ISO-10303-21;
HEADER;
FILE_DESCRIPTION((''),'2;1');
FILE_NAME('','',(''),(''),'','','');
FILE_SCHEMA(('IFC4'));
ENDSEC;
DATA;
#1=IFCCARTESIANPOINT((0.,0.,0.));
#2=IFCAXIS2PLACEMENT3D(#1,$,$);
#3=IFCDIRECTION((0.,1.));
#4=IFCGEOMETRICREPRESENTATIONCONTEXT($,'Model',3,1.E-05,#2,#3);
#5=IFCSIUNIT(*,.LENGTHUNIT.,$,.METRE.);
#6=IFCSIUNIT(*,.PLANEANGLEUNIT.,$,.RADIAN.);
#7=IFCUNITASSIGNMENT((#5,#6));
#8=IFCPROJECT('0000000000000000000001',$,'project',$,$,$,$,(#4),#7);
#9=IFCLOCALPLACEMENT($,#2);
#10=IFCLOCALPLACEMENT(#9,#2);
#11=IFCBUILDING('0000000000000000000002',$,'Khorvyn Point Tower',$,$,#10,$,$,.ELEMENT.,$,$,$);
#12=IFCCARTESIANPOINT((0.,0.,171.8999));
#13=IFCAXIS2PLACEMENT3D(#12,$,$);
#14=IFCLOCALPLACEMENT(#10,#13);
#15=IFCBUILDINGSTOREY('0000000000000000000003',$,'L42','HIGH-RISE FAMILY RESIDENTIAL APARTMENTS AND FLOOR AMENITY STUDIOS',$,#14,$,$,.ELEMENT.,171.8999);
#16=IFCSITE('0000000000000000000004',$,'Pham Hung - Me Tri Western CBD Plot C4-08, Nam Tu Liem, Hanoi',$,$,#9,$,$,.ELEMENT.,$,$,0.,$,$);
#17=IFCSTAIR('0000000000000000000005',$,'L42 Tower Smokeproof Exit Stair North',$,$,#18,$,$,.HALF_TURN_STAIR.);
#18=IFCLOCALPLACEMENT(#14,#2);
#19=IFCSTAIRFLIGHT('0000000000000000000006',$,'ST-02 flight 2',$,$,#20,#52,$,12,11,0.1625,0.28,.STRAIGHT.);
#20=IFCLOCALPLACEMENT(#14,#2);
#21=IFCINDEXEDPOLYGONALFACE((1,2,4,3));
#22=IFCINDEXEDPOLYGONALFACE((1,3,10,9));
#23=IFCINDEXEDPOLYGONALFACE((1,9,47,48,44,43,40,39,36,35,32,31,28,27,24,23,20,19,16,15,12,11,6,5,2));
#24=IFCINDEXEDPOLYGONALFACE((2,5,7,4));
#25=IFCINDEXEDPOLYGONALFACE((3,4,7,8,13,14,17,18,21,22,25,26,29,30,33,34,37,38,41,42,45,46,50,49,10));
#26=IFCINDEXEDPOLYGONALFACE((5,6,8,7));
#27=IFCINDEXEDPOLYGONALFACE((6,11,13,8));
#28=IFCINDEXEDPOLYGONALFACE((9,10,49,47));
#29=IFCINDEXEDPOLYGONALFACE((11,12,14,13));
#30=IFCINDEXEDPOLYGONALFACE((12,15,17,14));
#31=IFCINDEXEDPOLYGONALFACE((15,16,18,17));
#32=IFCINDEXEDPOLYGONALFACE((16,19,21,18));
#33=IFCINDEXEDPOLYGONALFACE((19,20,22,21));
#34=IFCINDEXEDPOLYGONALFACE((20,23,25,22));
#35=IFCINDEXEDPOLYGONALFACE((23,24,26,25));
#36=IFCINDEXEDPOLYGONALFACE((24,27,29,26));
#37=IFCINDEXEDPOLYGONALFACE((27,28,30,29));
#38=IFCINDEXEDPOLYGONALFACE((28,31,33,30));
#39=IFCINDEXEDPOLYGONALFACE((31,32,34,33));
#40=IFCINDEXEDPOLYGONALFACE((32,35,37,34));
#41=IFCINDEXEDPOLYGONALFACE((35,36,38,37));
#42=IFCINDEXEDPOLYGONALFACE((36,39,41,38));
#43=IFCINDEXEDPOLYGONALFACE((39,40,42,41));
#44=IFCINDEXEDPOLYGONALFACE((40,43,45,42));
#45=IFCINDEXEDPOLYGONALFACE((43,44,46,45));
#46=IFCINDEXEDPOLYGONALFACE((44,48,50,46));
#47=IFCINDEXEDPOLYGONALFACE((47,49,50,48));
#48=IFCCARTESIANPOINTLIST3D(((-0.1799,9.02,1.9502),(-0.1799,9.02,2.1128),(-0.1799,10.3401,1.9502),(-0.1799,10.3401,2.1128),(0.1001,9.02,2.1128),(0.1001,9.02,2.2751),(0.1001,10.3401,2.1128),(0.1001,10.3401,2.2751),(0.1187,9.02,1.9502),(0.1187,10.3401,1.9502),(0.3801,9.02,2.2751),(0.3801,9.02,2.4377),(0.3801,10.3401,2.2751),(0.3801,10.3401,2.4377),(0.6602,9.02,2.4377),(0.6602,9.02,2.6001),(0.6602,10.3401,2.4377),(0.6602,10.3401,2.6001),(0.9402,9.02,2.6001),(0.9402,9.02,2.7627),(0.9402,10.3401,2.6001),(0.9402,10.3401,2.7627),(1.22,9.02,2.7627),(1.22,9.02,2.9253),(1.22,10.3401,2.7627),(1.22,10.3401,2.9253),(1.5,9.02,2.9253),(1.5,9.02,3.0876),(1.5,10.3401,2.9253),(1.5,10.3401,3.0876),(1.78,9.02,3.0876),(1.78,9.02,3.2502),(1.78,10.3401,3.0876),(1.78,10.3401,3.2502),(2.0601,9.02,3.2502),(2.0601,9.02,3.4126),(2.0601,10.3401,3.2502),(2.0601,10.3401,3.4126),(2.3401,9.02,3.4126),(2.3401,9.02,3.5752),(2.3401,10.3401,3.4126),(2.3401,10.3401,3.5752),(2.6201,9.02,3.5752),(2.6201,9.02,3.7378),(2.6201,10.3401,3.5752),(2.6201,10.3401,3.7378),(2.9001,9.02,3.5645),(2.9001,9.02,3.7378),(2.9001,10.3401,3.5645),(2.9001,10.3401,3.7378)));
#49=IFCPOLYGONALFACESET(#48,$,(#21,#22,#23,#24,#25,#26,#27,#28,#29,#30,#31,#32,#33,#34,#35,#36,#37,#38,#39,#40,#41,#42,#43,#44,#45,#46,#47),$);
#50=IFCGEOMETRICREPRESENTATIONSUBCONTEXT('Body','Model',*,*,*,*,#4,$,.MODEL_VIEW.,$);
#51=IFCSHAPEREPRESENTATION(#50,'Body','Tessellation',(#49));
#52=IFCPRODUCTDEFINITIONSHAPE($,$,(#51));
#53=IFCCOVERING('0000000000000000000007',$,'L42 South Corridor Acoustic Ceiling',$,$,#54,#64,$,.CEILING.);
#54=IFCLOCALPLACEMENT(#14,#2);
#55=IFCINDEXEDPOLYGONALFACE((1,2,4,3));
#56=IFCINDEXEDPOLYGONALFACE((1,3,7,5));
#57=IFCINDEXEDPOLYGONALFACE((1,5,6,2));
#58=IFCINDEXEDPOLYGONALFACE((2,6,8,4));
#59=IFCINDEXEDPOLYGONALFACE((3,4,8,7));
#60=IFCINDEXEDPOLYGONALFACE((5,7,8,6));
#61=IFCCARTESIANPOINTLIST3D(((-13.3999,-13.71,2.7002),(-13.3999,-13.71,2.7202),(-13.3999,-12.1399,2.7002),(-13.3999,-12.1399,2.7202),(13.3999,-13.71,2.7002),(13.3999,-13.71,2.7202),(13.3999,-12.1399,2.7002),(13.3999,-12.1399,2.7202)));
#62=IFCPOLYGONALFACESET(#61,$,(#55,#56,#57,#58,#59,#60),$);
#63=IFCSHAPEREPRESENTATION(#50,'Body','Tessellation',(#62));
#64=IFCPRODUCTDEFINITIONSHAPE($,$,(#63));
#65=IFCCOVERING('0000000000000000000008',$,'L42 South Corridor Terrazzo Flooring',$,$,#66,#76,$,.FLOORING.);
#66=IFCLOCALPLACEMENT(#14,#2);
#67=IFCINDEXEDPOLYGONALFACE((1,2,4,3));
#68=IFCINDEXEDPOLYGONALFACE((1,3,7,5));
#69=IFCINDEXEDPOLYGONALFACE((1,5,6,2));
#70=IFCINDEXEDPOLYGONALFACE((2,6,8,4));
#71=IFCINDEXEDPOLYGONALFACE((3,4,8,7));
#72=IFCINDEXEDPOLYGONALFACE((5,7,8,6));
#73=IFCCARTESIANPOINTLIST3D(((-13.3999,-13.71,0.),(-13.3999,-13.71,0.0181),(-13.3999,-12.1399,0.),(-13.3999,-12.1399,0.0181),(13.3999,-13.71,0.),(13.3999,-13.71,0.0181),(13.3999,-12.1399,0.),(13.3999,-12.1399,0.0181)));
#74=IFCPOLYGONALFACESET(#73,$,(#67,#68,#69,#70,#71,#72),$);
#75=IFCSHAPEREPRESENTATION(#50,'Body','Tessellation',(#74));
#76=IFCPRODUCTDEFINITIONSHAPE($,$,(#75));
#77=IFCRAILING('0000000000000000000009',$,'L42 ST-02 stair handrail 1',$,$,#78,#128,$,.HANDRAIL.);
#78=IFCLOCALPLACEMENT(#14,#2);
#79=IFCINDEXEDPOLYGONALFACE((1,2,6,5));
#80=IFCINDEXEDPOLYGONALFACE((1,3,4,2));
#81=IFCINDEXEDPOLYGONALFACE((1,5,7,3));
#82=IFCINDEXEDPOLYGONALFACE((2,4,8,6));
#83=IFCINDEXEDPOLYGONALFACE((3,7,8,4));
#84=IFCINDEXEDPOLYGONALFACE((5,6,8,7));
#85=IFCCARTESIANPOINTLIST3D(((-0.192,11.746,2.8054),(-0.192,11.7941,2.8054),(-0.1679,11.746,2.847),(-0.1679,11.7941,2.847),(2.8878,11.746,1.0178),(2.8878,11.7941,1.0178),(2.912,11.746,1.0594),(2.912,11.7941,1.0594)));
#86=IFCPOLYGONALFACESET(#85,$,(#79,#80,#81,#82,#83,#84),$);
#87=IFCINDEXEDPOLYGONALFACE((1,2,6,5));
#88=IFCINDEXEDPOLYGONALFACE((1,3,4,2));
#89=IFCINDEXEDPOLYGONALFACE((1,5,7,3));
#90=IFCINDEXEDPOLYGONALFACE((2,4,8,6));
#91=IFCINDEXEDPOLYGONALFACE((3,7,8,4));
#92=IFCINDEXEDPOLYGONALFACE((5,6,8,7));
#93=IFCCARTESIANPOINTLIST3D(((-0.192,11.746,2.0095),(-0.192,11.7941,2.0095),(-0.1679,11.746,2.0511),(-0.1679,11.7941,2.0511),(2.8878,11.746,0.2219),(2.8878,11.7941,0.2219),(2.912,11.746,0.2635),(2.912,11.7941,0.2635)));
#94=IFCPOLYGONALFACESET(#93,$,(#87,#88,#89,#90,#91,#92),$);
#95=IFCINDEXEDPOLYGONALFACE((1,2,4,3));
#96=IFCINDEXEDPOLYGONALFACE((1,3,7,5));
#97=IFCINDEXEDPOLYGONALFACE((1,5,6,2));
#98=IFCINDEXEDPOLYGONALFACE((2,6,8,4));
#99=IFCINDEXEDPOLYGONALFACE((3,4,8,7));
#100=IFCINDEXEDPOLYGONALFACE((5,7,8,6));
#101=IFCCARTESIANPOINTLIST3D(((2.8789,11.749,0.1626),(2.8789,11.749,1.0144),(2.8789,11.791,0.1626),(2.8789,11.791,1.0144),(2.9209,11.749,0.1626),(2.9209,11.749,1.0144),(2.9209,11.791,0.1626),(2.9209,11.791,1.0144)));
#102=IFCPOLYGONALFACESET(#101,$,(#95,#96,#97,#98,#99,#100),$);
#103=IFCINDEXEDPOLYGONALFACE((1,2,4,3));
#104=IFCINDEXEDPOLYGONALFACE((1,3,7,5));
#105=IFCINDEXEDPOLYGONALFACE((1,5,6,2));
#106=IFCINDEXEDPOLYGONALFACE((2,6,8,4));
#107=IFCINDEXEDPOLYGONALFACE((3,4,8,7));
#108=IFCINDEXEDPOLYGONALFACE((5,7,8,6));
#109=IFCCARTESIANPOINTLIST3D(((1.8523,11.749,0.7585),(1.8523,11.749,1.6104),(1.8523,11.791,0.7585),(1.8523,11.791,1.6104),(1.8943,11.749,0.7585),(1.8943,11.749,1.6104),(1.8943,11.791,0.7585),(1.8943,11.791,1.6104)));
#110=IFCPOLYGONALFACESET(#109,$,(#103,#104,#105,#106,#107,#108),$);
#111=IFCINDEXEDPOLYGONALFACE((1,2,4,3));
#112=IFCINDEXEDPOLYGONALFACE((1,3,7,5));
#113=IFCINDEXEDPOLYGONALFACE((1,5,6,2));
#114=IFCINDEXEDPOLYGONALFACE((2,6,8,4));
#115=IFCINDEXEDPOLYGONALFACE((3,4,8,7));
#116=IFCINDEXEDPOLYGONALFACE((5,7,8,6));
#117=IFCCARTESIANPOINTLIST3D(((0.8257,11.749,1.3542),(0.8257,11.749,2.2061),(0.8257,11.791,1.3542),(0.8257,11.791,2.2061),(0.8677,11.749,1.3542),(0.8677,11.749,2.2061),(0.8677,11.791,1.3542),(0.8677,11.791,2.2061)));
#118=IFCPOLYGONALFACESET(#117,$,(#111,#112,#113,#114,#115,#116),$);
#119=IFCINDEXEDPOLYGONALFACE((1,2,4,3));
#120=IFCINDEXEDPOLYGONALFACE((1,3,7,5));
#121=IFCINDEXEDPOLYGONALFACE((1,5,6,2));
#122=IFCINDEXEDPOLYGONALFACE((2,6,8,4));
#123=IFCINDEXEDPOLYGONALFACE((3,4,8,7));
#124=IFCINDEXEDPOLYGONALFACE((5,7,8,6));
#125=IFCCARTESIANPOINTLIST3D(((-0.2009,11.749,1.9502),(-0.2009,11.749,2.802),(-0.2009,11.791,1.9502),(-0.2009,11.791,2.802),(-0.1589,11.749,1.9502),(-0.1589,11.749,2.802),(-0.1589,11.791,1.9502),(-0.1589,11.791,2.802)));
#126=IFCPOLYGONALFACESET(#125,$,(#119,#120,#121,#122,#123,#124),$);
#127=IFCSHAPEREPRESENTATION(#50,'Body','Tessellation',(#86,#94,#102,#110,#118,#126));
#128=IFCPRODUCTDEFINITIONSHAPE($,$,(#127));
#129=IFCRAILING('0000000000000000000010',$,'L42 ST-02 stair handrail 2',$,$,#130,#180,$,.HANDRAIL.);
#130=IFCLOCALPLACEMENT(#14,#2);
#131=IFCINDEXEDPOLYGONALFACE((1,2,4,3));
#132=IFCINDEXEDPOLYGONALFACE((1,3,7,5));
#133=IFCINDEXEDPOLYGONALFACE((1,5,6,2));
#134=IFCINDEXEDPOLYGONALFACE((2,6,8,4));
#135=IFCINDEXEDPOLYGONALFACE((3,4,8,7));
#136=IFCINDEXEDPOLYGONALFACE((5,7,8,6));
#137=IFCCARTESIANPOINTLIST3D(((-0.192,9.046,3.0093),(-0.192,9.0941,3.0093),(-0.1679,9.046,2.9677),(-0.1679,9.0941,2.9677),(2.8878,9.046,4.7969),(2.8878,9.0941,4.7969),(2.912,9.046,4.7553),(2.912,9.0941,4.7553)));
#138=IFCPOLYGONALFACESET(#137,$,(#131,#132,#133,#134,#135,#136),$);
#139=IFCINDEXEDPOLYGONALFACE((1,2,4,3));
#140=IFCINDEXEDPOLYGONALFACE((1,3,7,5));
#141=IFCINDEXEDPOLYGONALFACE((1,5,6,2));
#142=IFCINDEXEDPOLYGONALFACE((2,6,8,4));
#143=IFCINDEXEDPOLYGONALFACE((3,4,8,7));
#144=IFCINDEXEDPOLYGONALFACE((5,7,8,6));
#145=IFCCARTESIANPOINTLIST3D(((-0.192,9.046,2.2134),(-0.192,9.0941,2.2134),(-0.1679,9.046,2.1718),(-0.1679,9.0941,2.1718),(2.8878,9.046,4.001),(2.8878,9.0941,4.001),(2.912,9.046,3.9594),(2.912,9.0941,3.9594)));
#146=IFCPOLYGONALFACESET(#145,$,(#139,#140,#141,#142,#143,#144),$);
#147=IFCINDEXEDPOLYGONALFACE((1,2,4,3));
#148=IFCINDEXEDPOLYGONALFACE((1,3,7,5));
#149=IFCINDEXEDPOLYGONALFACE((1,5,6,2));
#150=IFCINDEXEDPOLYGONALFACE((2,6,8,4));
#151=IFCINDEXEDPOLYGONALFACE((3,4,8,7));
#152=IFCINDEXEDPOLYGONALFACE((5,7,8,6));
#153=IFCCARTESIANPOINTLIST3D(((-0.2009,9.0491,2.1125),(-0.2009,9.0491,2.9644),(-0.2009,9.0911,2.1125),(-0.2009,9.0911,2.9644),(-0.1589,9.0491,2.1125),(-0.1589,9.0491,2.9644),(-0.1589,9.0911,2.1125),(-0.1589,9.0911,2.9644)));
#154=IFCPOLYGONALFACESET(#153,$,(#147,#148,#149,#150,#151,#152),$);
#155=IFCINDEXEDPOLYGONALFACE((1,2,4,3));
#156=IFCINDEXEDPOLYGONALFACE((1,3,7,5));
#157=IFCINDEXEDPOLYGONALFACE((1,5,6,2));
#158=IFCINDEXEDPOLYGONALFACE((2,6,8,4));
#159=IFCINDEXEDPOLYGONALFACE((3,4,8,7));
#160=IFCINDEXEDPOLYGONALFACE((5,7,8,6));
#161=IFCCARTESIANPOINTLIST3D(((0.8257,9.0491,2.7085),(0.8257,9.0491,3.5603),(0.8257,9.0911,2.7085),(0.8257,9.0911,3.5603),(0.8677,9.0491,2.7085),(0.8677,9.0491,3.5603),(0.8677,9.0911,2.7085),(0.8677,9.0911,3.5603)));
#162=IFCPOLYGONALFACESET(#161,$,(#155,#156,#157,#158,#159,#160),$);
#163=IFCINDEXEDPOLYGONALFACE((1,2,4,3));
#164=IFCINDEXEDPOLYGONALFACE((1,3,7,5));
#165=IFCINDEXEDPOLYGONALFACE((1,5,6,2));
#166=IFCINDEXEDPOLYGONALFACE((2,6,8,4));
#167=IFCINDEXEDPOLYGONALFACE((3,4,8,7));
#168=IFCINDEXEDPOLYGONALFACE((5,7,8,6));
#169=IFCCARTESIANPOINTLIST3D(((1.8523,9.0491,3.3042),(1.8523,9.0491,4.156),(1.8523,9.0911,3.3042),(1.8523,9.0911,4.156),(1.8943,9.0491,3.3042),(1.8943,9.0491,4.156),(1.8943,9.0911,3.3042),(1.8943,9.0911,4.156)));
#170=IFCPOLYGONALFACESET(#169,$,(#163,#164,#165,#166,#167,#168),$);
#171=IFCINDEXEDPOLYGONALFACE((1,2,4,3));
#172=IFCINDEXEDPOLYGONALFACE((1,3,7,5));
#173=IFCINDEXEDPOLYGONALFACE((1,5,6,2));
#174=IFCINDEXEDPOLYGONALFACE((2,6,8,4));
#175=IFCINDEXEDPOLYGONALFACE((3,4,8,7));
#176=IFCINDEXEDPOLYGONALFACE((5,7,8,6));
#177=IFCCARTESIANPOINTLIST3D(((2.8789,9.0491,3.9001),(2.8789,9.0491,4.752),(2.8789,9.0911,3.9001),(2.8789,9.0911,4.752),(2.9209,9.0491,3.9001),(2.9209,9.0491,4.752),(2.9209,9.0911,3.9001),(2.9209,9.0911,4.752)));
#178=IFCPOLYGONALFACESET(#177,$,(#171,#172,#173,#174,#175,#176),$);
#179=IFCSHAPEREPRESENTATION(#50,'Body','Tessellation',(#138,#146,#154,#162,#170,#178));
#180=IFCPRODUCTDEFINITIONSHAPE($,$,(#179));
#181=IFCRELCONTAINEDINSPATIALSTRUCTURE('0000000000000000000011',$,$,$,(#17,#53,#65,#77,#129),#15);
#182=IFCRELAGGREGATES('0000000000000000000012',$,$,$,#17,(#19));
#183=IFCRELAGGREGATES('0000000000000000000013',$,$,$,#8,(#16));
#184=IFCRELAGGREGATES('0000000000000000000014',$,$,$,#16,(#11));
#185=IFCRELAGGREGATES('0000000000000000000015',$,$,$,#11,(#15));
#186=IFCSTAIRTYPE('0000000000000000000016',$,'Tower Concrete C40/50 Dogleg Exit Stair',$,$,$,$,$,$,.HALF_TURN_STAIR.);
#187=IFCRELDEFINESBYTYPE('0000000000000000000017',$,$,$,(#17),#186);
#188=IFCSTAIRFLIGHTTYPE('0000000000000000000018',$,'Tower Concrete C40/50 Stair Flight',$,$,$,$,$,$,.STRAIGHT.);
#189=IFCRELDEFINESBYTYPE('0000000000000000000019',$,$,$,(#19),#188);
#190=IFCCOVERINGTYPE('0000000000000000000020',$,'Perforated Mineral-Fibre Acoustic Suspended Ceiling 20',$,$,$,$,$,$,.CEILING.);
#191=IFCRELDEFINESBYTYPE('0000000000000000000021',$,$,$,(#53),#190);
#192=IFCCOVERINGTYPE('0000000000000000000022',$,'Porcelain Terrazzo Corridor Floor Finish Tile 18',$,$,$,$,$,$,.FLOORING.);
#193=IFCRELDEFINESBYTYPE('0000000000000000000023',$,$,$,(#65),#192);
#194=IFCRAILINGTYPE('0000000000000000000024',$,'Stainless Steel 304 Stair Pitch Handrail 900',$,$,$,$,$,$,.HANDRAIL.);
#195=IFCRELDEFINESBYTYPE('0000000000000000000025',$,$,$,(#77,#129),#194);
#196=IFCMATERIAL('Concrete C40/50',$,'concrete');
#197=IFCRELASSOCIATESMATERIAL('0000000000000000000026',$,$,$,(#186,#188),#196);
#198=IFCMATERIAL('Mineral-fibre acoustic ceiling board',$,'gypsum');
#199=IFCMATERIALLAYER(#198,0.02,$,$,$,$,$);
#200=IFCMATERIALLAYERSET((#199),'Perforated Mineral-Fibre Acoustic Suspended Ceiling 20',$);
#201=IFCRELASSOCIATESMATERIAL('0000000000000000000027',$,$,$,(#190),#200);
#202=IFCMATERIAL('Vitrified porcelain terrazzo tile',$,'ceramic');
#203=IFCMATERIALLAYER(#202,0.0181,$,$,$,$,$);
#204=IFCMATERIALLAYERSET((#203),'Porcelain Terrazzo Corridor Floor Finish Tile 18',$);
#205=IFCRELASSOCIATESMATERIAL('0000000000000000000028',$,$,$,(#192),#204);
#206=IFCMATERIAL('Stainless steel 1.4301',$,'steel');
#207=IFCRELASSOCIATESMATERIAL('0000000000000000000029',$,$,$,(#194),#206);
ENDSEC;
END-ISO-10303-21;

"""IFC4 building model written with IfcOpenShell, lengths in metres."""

from ifc_helpers import new_model, si_unit, direction, frame, origin, origin_2d, place, context, subcontext, project, spatial, polyline, rectangle, outline, extrude, material, layer, layer_set, type_object, element, aggregate, save


model = new_model("IFC4")

# Units and contexts
model_context = context("Model", 3, precision=1e-05, world=origin(), true_north=direction((0.0, 1.0)))
body_context = subcontext(model_context, "Body", "Model", "MODEL_VIEW")
ifc_project = project(units=[si_unit("LENGTHUNIT", "METRE"), si_unit("PLANEANGLEUNIT", "RADIAN")], contexts=[model_context])

# Site, building, storey
site_placement = place(None, origin())
site = spatial("IfcSite", under=ifc_project, at=site_placement, Name="Pham Hung - Me Tri Western CBD Plot C4-08, Nam Tu Liem, Hanoi", CompositionType="ELEMENT", RefElevation=0.0)
building_placement = place(site_placement, origin())
building = spatial("IfcBuilding", under=site, at=building_placement, Name="Khorvyn Point Tower", CompositionType="ELEMENT")
storey_placement = place(building_placement, frame((0.0, 0.0, 171.8999)))
storey = spatial("IfcBuildingStorey", under=building, at=storey_placement, Name="L42", Description="HIGH-RISE FAMILY RESIDENTIAL APARTMENTS AND FLOOR AMENITY STUDIOS", CompositionType="ELEMENT", Elevation=171.8999)

# Shared definitions
ifc_material_1 = material(Name="Concrete C40/50", Category="concrete")

# Stair
stair_type = type_object("IfcStairType", Name="Tower Concrete C40/50 Dogleg Exit Stair", PredefinedType="HALF_TURN_STAIR", material=ifc_material_1)
stair_1_placement = place(storey_placement, origin())
stair_1 = element("IfcStair", 1, at=stair_1_placement, inside=storey, type_object=stair_type, Name="L42 Tower Smokeproof Exit Stair North", PredefinedType="HALF_TURN_STAIR")

# Shared definitions
ifc_material_2 = material(Name="Stainless steel 1.4301", Category="steel")

# Stair flight
stair_flight_type = type_object("IfcStairFlightType", Name="Tower Concrete C40/50 Stair Flight", PredefinedType="STRAIGHT", material=ifc_material_1)
stair_flight_1_placement = place(storey_placement, frame((-0.1799, 9.6799, 1.9502), z_axis=(0.0, 0.0, 1.0), x_axis=(1.0, 0.0, 0.0)))
stair_flight_1 = element("IfcStairFlight", 2, at=stair_flight_1_placement, type_object=stair_flight_type, Name="ST-02 flight 2", NumberOfRisers=12, NumberOfTreads=11, PredefinedType="STRAIGHT", RiserHeight=0.1625, TreadLength=0.28, context=body_context, shape_type="SweptSolid", body=[
    extrude(outline(polyline([(0.0, 0.0), (0.0, 0.1626), (0.28, 0.1626), (0.28, 0.325), (0.5601, 0.325), (0.5601, 0.4875), (0.8401, 0.4875), (0.8401, 0.6499), (1.1201, 0.6499), (1.1201, 0.8125), (1.3999, 0.8125), (1.3999, 0.9751), (1.6799, 0.9751), (1.6799, 1.1375), (1.96, 1.1375), (1.96, 1.3), (2.24, 1.3), (2.24, 1.4624), (2.52, 1.4624), (2.52, 1.625), (2.8, 1.625), (2.8, 1.7876), (3.0801, 1.7876), (3.0801, 1.95), (3.0801, 1.6143), (0.2986, 0.0), (0.0, 0.0)])), frame((0.0, 0.6602, 0.0), z_axis=(0.0, -1.0, 0.0), x_axis=(1.0, 0.0, 0.0)), (0.0, 0.0, 1.0), 1.3201),
])
aggregate(stair_1, [stair_flight_1])

# Coverings
ifc_material_3 = material(Name="Mineral-fibre acoustic ceiling board", Category="gypsum")
ifc_layer_1 = layer(ifc_material_3, 0.02)
ifc_layer_set_1 = layer_set([ifc_layer_1], Name="Perforated Mineral-Fibre Acoustic Suspended Ceiling 20")
covering_type_1 = type_object("IfcCoveringType", Name="Perforated Mineral-Fibre Acoustic Suspended Ceiling 20", PredefinedType="CEILING", material=ifc_layer_set_1)
covering_1_placement = place(storey_placement, frame((0.0, 0.0, 2.7002)))
element("IfcCovering", 3, at=covering_1_placement, inside=storey, type_object=covering_type_1, Name="L42 South Corridor Acoustic Ceiling", PredefinedType="CEILING", context=body_context, shape_type="SweptSolid", body=[
    extrude(outline(polyline([(-13.3999, -13.71), (13.3999, -13.71), (13.3999, -12.1399), (-13.3999, -12.1399), (-13.3999, -13.71)])), origin(), (0.0, 0.0, 1.0), 0.02),
])
ifc_material_4 = material(Name="Vitrified porcelain terrazzo tile", Category="ceramic")
ifc_layer_2 = layer(ifc_material_4, 0.0181)
ifc_layer_set_2 = layer_set([ifc_layer_2], Name="Porcelain Terrazzo Corridor Floor Finish Tile 18")
covering_type_2 = type_object("IfcCoveringType", Name="Porcelain Terrazzo Corridor Floor Finish Tile 18", PredefinedType="FLOORING", material=ifc_layer_set_2)
covering_2_placement = place(storey_placement, origin())
element("IfcCovering", 4, at=covering_2_placement, inside=storey, type_object=covering_type_2, Name="L42 South Corridor Terrazzo Flooring", PredefinedType="FLOORING", context=body_context, shape_type="SweptSolid", body=[
    extrude(outline(polyline([(-13.3999, -13.71), (13.3999, -13.71), (13.3999, -12.1399), (-13.3999, -12.1399), (-13.3999, -13.71)])), origin(), (0.0, 0.0, 1.0), 0.0181),
])

# Railings
railing_type_1 = type_object("IfcRailingType", Name="Stainless Steel 304 Stair Pitch Handrail 900", PredefinedType="HANDRAIL", material=ifc_material_2)
railing_1_placement = place(storey_placement, frame((2.8999, 11.77, 0.1626)))
element("IfcRailing", 5, at=railing_1_placement, inside=storey, type_object=railing_type_1, Name="L42 ST-02 stair handrail 1", PredefinedType="HANDRAIL", context=body_context, shape_type="SweptSolid", body=[
    extrude(rectangle(XDim=0.0481, YDim=0.0481, at=origin_2d()), frame((0.0, 0.0, 0.876), z_axis=(-0.864873, 0.0, 0.50199), x_axis=(0.0, -1.0, 0.0)), (0.0, 0.0, 1.0), 3.561),
    extrude(rectangle(XDim=0.0481, YDim=0.0481, at=origin_2d()), frame((0.0, 0.0, 0.0801), z_axis=(-0.864873, 0.0, 0.50199), x_axis=(0.0, -1.0, 0.0)), (0.0, 0.0, 1.0), 3.561),
    extrude(rectangle(XDim=0.042, YDim=0.042, at=origin_2d()), origin(), (0.0, 0.0, 1.0), 0.8518),
    extrude(rectangle(XDim=0.042, YDim=0.042, at=origin_2d()), frame((-1.0266, 0.0, 0.5959)), (0.0, 0.0, 1.0), 0.8518),
    extrude(rectangle(XDim=0.042, YDim=0.042, at=origin_2d()), frame((-2.0532, 0.0, 1.1917)), (0.0, 0.0, 1.0), 0.8518),
    extrude(rectangle(XDim=0.042, YDim=0.042, at=origin_2d()), frame((-3.0798, 0.0, 1.7876)), (0.0, 0.0, 1.0), 0.8518),
])
railing_2_placement = place(storey_placement, frame((-0.1799, 9.0701, 2.1125)))
element("IfcRailing", 6, at=railing_2_placement, inside=storey, type_object=railing_type_1, Name="L42 ST-02 stair handrail 2", PredefinedType="HANDRAIL", context=body_context, shape_type="SweptSolid", body=[
    extrude(rectangle(XDim=0.0481, YDim=0.0481, at=origin_2d()), frame((0.0, 0.0, 0.876), z_axis=(0.864873, 0.0, 0.50199), x_axis=(0.0, 1.0, 0.0)), (0.0, 0.0, 1.0), 3.561),
    extrude(rectangle(XDim=0.0481, YDim=0.0481, at=origin_2d()), frame((0.0, 0.0, 0.0801), z_axis=(0.864873, 0.0, 0.50199), x_axis=(0.0, 1.0, 0.0)), (0.0, 0.0, 1.0), 3.561),
    extrude(rectangle(XDim=0.042, YDim=0.042, at=origin_2d()), origin(), (0.0, 0.0, 1.0), 0.8518),
    extrude(rectangle(XDim=0.042, YDim=0.042, at=origin_2d()), frame((1.0266, 0.0, 0.5959)), (0.0, 0.0, 1.0), 0.8518),
    extrude(rectangle(XDim=0.042, YDim=0.042, at=origin_2d()), frame((2.0532, 0.0, 1.1917)), (0.0, 0.0, 1.0), 0.8518),
    extrude(rectangle(XDim=0.042, YDim=0.042, at=origin_2d()), frame((3.0798, 0.0, 1.7876)), (0.0, 0.0, 1.0), 0.8518),
])

save(model, "model.ifc")
